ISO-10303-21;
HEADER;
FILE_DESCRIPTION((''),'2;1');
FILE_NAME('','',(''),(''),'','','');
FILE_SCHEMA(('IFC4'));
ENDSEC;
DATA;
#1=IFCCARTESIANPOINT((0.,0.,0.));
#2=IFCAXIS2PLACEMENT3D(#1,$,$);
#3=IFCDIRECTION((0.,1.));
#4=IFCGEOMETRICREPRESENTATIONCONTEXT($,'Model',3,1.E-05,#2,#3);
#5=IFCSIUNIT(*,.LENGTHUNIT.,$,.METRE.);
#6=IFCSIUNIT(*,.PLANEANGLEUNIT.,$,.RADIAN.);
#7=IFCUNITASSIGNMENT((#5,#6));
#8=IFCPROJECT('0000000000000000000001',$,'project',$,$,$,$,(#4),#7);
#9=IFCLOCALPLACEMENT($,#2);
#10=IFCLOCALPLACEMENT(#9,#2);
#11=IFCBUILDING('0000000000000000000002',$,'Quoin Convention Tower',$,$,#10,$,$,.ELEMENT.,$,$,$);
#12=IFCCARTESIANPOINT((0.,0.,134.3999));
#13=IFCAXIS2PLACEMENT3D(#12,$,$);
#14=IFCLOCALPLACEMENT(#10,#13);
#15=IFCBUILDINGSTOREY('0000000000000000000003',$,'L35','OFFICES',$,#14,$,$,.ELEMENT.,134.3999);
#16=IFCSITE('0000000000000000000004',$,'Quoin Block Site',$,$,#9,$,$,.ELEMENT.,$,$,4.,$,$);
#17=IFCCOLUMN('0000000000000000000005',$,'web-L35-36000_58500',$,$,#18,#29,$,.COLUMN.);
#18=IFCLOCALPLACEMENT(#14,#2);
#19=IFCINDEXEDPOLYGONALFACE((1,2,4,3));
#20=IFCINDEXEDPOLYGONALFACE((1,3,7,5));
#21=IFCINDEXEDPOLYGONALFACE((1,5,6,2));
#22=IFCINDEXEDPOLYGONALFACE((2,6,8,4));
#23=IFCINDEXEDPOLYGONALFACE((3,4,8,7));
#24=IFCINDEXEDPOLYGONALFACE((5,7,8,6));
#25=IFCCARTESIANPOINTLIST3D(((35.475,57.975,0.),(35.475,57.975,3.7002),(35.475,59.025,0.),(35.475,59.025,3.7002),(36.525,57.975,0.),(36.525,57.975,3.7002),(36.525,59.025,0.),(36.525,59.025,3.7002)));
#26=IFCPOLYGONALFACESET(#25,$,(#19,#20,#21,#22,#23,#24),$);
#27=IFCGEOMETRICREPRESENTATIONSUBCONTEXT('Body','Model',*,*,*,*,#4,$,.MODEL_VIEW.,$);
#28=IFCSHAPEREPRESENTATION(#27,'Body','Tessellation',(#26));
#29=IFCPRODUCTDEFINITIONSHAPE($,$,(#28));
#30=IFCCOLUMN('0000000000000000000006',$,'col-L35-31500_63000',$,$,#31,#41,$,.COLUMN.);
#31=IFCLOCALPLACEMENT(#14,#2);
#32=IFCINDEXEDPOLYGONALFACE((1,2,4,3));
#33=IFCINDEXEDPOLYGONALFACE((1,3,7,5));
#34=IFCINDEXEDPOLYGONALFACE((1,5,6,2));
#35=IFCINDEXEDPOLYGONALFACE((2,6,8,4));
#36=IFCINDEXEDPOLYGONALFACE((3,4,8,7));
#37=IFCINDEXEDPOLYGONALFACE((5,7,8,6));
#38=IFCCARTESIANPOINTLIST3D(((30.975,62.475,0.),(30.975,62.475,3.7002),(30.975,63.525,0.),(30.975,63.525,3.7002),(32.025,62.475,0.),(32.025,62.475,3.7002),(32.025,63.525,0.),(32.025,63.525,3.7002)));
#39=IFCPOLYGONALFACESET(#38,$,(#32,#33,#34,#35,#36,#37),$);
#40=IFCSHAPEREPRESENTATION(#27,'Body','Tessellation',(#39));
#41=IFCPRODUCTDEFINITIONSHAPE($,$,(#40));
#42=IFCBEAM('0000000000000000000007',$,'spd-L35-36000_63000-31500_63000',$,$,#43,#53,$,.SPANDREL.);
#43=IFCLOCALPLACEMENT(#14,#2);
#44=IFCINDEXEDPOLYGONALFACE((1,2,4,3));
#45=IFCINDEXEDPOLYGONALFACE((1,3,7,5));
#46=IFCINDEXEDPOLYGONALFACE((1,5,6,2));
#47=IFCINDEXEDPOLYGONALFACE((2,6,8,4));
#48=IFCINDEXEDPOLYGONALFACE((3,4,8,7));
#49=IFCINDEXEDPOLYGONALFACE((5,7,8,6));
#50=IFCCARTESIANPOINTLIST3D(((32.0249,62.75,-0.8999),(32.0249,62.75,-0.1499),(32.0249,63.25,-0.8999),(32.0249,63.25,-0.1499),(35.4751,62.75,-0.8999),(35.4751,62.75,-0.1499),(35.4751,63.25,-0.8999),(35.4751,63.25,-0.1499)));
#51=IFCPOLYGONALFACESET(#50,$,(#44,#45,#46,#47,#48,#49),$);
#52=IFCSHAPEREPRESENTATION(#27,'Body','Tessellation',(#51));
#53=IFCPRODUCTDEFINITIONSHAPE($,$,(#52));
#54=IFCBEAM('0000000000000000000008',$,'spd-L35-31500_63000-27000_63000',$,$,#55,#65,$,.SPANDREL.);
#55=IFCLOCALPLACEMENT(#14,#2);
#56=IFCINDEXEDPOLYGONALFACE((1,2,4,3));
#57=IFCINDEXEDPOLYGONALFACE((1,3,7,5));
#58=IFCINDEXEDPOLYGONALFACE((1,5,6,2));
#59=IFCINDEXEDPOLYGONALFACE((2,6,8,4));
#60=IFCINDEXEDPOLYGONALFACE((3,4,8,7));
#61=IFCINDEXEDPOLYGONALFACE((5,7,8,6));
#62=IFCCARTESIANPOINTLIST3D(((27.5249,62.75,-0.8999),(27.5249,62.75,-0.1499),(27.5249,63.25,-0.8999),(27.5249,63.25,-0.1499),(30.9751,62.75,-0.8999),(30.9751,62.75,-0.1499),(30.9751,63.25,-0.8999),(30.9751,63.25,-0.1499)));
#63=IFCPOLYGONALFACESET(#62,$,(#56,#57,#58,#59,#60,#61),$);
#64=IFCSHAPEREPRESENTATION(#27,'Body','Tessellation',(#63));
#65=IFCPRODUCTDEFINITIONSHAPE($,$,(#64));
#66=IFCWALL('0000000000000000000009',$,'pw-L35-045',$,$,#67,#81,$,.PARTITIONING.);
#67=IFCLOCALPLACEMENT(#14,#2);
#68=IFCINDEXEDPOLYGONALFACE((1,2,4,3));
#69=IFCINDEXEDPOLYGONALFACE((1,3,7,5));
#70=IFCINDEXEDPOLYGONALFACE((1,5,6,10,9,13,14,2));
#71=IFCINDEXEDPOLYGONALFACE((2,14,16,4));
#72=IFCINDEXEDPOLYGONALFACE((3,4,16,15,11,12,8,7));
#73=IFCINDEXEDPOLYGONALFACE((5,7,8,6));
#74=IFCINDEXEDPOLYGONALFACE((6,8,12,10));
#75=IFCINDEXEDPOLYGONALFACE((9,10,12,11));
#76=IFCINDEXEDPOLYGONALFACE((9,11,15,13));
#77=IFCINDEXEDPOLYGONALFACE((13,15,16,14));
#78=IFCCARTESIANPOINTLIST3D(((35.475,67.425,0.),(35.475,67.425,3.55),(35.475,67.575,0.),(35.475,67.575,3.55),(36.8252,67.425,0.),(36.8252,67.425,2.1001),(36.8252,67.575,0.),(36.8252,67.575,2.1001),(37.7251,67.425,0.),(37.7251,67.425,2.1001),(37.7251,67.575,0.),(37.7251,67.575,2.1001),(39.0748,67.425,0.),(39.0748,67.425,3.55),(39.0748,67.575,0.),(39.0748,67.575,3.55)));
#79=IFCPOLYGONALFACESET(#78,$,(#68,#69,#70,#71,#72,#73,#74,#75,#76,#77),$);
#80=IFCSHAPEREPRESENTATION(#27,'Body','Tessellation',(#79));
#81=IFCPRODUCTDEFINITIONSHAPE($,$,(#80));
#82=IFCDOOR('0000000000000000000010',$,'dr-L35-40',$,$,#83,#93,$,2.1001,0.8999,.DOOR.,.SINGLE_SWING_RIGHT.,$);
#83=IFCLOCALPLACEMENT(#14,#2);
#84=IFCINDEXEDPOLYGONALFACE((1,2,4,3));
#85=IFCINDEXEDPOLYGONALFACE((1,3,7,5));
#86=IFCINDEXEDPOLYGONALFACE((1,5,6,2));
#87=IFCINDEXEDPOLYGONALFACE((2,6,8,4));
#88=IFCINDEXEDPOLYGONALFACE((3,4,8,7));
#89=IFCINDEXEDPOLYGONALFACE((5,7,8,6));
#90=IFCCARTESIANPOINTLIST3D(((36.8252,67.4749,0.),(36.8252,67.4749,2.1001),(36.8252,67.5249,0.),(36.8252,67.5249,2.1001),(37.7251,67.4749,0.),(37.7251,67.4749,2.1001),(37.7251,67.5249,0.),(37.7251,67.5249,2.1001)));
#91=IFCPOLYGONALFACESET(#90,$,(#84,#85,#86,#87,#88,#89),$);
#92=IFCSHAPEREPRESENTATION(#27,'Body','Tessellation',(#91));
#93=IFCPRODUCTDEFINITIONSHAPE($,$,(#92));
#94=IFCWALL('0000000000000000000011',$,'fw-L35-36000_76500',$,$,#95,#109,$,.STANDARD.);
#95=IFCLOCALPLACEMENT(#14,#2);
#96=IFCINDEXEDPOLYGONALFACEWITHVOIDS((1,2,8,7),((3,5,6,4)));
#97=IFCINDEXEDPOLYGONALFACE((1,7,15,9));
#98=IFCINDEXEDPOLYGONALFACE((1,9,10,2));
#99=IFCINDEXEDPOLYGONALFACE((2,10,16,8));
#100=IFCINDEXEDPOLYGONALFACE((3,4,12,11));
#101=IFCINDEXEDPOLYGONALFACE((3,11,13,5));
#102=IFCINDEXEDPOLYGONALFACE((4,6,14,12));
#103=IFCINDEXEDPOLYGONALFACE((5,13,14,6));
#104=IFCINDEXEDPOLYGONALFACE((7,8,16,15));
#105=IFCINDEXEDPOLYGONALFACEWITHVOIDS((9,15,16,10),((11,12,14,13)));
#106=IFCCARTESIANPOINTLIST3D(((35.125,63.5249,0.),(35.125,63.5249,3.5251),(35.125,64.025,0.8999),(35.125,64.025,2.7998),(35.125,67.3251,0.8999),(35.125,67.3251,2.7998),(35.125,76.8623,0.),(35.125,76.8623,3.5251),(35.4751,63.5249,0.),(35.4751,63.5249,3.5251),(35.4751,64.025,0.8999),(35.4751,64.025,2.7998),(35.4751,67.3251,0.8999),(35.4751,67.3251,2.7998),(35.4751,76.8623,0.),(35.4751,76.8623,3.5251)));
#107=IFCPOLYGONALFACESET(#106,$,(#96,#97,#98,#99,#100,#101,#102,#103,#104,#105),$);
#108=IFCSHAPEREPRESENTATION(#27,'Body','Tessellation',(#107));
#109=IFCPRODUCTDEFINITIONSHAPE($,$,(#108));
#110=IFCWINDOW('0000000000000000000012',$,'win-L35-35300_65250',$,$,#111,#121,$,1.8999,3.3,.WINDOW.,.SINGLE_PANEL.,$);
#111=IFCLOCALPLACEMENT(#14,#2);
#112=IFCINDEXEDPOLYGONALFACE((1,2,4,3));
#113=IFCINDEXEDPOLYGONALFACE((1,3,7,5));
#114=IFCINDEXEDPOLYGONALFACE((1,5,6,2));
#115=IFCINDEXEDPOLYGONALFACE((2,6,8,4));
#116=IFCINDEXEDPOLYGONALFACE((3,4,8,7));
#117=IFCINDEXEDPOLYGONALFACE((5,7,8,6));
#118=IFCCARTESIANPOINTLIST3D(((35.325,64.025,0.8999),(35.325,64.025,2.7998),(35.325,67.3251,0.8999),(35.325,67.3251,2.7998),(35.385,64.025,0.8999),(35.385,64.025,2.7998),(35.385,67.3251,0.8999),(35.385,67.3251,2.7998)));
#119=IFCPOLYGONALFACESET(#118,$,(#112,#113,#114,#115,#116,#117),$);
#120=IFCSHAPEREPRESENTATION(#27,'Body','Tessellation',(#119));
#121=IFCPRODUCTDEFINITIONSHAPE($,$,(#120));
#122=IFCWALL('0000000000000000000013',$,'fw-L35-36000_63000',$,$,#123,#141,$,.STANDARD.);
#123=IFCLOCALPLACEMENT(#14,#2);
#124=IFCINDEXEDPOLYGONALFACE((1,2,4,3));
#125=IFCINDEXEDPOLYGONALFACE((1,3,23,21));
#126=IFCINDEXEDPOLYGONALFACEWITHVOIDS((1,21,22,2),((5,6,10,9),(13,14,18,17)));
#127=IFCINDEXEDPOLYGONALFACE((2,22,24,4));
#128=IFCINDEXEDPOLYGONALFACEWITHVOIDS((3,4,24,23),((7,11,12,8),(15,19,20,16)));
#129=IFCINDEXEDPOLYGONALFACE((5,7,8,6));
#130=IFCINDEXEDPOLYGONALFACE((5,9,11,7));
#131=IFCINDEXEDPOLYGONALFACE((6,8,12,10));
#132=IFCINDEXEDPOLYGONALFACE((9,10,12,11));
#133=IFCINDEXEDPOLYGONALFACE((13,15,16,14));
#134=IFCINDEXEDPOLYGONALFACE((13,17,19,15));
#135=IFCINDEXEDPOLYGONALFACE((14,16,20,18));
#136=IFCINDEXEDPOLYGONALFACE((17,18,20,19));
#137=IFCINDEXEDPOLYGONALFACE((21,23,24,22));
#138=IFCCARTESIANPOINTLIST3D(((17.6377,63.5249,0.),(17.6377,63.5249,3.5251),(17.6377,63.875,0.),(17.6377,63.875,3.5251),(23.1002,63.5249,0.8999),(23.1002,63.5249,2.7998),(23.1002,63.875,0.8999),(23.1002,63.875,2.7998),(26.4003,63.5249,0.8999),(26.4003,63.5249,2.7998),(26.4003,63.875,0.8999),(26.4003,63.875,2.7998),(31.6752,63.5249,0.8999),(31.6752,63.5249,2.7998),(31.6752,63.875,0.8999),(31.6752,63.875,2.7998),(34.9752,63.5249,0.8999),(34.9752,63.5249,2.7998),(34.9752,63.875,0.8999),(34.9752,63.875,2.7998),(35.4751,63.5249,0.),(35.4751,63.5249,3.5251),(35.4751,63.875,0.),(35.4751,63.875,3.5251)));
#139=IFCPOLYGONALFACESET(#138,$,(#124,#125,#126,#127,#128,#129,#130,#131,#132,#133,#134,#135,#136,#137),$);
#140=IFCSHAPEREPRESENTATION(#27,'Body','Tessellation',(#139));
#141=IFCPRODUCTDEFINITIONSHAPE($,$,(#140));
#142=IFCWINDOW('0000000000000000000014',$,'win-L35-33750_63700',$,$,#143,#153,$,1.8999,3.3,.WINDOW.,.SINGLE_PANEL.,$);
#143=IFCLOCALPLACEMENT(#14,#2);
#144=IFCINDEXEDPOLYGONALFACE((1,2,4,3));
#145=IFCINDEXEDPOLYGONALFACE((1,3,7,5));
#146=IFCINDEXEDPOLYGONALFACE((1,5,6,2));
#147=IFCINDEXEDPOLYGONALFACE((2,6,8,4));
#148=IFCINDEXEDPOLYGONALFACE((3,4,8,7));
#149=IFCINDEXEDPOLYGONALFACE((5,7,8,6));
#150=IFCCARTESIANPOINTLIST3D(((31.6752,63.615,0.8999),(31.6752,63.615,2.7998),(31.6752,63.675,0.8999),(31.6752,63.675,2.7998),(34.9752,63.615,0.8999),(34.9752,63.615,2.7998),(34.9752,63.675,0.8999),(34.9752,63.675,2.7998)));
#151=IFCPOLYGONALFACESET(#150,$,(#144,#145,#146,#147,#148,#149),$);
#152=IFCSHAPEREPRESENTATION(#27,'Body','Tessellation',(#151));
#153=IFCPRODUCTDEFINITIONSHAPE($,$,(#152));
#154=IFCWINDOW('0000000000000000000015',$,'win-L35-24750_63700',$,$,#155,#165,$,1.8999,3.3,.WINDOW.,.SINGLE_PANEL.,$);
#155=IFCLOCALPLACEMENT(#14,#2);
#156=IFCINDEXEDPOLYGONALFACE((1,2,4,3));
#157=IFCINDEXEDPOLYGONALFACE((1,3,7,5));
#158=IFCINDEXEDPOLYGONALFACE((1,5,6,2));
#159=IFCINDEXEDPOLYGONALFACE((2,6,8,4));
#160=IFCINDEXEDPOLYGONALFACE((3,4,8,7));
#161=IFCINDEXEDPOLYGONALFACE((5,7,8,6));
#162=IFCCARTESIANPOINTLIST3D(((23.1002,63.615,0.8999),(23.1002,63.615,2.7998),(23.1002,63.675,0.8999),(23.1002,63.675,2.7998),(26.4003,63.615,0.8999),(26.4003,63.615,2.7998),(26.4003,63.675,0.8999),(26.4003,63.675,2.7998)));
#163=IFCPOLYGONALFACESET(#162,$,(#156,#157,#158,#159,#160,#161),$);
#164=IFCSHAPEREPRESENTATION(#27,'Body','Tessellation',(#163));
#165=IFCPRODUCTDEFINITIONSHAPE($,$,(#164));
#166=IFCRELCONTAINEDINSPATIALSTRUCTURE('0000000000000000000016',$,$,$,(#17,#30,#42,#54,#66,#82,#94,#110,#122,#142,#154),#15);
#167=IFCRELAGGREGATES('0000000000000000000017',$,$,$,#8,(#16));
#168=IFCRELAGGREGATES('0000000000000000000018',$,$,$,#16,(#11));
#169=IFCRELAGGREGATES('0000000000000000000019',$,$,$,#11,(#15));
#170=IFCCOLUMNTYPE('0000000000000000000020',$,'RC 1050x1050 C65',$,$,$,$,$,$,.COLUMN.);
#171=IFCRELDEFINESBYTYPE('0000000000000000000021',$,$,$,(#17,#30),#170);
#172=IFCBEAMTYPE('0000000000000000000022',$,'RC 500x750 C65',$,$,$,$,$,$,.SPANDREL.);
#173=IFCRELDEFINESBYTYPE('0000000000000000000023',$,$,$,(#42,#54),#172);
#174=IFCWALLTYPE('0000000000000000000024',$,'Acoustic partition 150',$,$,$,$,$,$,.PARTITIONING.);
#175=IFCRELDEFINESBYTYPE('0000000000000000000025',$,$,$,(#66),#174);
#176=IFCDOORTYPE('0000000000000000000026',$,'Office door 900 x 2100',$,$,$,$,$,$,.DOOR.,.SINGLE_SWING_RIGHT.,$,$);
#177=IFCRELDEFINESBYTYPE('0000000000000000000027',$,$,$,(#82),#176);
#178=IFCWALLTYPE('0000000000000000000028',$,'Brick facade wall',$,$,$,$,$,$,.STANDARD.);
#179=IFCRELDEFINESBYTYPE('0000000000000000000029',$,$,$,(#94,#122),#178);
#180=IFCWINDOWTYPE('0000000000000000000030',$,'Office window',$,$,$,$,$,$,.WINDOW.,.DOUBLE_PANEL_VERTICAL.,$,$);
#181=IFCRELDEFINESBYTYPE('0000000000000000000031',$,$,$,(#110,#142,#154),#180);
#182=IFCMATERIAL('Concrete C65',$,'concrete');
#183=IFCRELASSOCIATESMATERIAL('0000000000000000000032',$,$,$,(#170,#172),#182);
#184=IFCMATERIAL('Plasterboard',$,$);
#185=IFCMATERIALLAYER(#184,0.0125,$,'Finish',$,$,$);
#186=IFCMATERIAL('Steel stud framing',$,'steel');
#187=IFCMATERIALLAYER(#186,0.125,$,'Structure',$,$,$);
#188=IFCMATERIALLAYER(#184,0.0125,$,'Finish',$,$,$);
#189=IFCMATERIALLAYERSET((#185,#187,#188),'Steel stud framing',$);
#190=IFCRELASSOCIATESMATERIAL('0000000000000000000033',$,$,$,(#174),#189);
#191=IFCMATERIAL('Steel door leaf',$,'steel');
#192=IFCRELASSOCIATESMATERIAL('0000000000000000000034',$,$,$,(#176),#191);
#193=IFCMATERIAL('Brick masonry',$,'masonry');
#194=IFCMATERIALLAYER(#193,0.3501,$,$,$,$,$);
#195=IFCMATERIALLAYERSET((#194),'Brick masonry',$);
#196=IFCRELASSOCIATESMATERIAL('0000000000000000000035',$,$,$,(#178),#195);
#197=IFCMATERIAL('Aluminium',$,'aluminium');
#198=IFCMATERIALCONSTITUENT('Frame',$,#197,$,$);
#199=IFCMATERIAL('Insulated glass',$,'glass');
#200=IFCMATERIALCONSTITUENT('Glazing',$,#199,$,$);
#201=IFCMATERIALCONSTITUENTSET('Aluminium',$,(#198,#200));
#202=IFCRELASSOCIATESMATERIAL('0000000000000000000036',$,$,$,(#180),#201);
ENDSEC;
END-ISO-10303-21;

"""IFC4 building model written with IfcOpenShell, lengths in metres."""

from ifc_helpers import new_model, si_unit, direction, frame, frame_2d, origin, origin_2d, place, context, subcontext, project, spatial, rectangle, extrude, material, layer, layer_set, constituent, constituent_set, material_profile, profile_set, type_object, element, fill, save


model = new_model("IFC4")

# Units and contexts
model_context = context("Model", 3, precision=1e-05, world=origin(), true_north=direction((0.0, 1.0)))
body_context = subcontext(model_context, "Body", "Model", "MODEL_VIEW")
ifc_project = project(units=[si_unit("LENGTHUNIT", "METRE"), si_unit("PLANEANGLEUNIT", "RADIAN")], contexts=[model_context])

# Site, building, storey
site_placement = place(None, origin())
site = spatial("IfcSite", under=ifc_project, at=site_placement, Name="Quoin Block Site", CompositionType="ELEMENT", RefElevation=4.0)
building_placement = place(site_placement, origin())
building = spatial("IfcBuilding", under=site, at=building_placement, Name="Quoin Convention Tower", CompositionType="ELEMENT")
storey_placement = place(building_placement, frame((0.0, 0.0, 134.3999)))
storey = spatial("IfcBuildingStorey", under=building, at=storey_placement, Name="L35", Description="OFFICES", CompositionType="ELEMENT", Elevation=134.3999)

# Columns
ifc_material_1 = material(Name="Concrete C65", Category="concrete")
ifc_material_profile_1 = material_profile(ifc_material_1, rectangle(XDim=1.05, YDim=1.05, at=origin_2d()), Name="RC 1050x1050")
ifc_profile_set_1 = profile_set([ifc_material_profile_1], Name="Concrete C65")
column_type = type_object("IfcColumnType", Name="RC 1050x1050 C65", PredefinedType="COLUMN", material=ifc_profile_set_1)
for number, where, z_axis, x_axis, name in (
    (1, (36.0, 58.5, 0.0), (0.0, 0.0, 1.0), (1.0, 0.0, 0.0), "web-L35-36000_58500"),
    (2, (31.5, 63.0, 0.0), (0.0, 0.0, 1.0), (1.0, 0.0, 0.0), "col-L35-31500_63000"),
):
    element("IfcColumn", number, at=place(storey_placement, frame(where, z_axis=z_axis, x_axis=x_axis)), inside=storey, type_object=column_type, Name=name, PredefinedType="COLUMN", context=body_context, shape_type="SweptSolid", body=[
        extrude(rectangle(XDim=1.05, YDim=1.05, at=origin_2d()), origin(), (0.0, 0.0, 1.0), 3.7002),
    ])

# Beams
ifc_material_profile_2 = material_profile(ifc_material_1, rectangle(XDim=0.5, YDim=0.75, at=origin_2d()), Name="RC 500x750")
ifc_profile_set_2 = profile_set([ifc_material_profile_2], Name="Concrete C65")
beam_type = type_object("IfcBeamType", Name="RC 500x750 C65", PredefinedType="SPANDREL", material=ifc_profile_set_2)
for number, where, z_axis, x_axis, name in (
    (3, (35.4751, 63.0, -0.5249), (-1.0, 0.0, 0.0), (0.0, -1.0, 0.0), "spd-L35-36000_63000-31500_63000"),
    (4, (30.9751, 63.0, -0.5249), (-1.0, 0.0, 0.0), (0.0, -1.0, 0.0), "spd-L35-31500_63000-27000_63000"),
):
    element("IfcBeam", number, at=place(storey_placement, frame(where, z_axis=z_axis, x_axis=x_axis)), inside=storey, type_object=beam_type, Name=name, PredefinedType="SPANDREL", context=body_context, shape_type="SweptSolid", body=[
        extrude(rectangle(XDim=0.5, YDim=0.75, at=origin_2d()), origin(), (0.0, 0.0, 1.0), 3.4502),
    ])

# Wall, opening, door
ifc_material_2 = material(Name="Plasterboard")
ifc_layer_1 = layer(ifc_material_2, 0.0125, Name="Finish")
ifc_material_3 = material(Name="Steel stud framing", Category="steel")
ifc_layer_2 = layer(ifc_material_3, 0.125, Name="Structure")
ifc_layer_3 = layer(ifc_material_2, 0.0125, Name="Finish")
ifc_layer_set_1 = layer_set([ifc_layer_1, ifc_layer_2, ifc_layer_3], Name="Steel stud framing")
wall_type_1 = type_object("IfcWallType", Name="Acoustic partition 150", PredefinedType="PARTITIONING", material=ifc_layer_set_1)
wall_1_placement = place(storey_placement, frame((35.4751, 67.5, 0.0), z_axis=(0.0, 0.0, 1.0), x_axis=(1.0, 0.0, 0.0)))
wall_1 = element("IfcWall", 5, at=wall_1_placement, inside=storey, type_object=wall_type_1, Name="pw-L35-045", PredefinedType="PARTITIONING", context=body_context, shape_type="SweptSolid", body=[
    extrude(rectangle(XDim=3.5999, YDim=0.1499, at=frame_2d((1.7998, 0.0))), origin(), (0.0, 0.0, 1.0), 3.55),
])
opening_1_placement = place(wall_1_placement, frame((1.3501, 0.0, 0.0)))
opening_1 = element("IfcOpeningElement", 6, at=opening_1_placement, cuts=wall_1, PredefinedType="OPENING", context=body_context, shape_type="SweptSolid", body=[
    extrude(rectangle(XDim=0.8999, YDim=2.1001, at=frame_2d((0.45, 1.05))), frame((0.0, 0.085, 0.0), z_axis=(0.0, -1.0, 0.0), x_axis=(1.0, 0.0, 0.0)), (0.0, 0.0, 1.0), 0.1699),
])
ifc_material_4 = material(Name="Steel door leaf", Category="steel")
door_type_1 = type_object("IfcDoorType", Name="Office door 900 x 2100", OperationType="SINGLE_SWING_RIGHT", PredefinedType="DOOR", material=ifc_material_4)
door_1_placement = place(opening_1_placement, origin())
door_1 = element("IfcDoor", 7, at=door_1_placement, inside=storey, type_object=door_type_1, Name="dr-L35-40", OperationType="SINGLE_SWING_RIGHT", OverallHeight=2.1001, OverallWidth=0.8999, PredefinedType="DOOR", context=body_context, shape_type="SweptSolid", body=[
    extrude(rectangle(XDim=0.8999, YDim=2.1001, at=frame_2d((0.45, 1.05))), frame((0.0, 0.0249, 0.0), z_axis=(0.0, -1.0, 0.0), x_axis=(1.0, 0.0, 0.0)), (0.0, 0.0, 1.0), 0.05),
])
fill(opening_1, door_1)

# Wall, opening, window
ifc_material_5 = material(Name="Brick masonry", Category="masonry")
ifc_layer_4 = layer(ifc_material_5, 0.3501)
ifc_layer_set_2 = layer_set([ifc_layer_4], Name="Brick masonry")
wall_type_2 = type_object("IfcWallType", Name="Brick facade wall", PredefinedType="STANDARD", material=ifc_layer_set_2)
wall_2_placement = place(storey_placement, frame((35.3, 76.8623, 0.0), z_axis=(0.0, 0.0, 1.0), x_axis=(0.0, -1.0, 0.0)))
wall_2 = element("IfcWall", 8, at=wall_2_placement, inside=storey, type_object=wall_type_2, Name="fw-L35-36000_76500", PredefinedType="STANDARD", context=body_context, shape_type="SweptSolid", body=[
    extrude(rectangle(XDim=13.3374, YDim=0.3501, at=frame_2d((6.6687, 0.0))), origin(), (0.0, 0.0, 1.0), 3.5251),
])
opening_2_placement = place(wall_2_placement, frame((9.5374, 0.0, 0.8999)))
opening_2 = element("IfcOpeningElement", 9, at=opening_2_placement, cuts=wall_2, PredefinedType="OPENING", context=body_context, shape_type="SweptSolid", body=[
    extrude(rectangle(XDim=3.3, YDim=1.8999, at=frame_2d((1.6499, 0.95))), frame((0.0, 0.1851, 0.0), z_axis=(0.0, -1.0, 0.0), x_axis=(1.0, 0.0, 0.0)), (0.0, 0.0, 1.0), 0.3701),
])
ifc_material_6 = material(Name="Aluminium", Category="aluminium")
ifc_constituent_1 = constituent(ifc_material_6, Name="Frame")
ifc_material_7 = material(Name="Insulated glass", Category="glass")
ifc_constituent_2 = constituent(ifc_material_7, Name="Glazing")
ifc_constituent_set = constituent_set(constituents=[ifc_constituent_1, ifc_constituent_2], Name="Aluminium")
window_type = type_object("IfcWindowType", Name="Office window", PartitioningType="DOUBLE_PANEL_VERTICAL", PredefinedType="WINDOW", material=ifc_constituent_set)
window_1_placement = place(opening_2_placement, origin())
window_1 = element("IfcWindow", 10, at=window_1_placement, inside=storey, type_object=window_type, Name="win-L35-35300_65250", OverallHeight=1.8999, OverallWidth=3.3, PartitioningType="SINGLE_PANEL", PredefinedType="WINDOW", context=body_context, shape_type="SweptSolid", body=[
    extrude(rectangle(XDim=3.3, YDim=1.8999, at=frame_2d((1.6499, 0.95))), frame((0.0, 0.085, 0.0), z_axis=(0.0, -1.0, 0.0), x_axis=(1.0, 0.0, 0.0)), (0.0, 0.0, 1.0), 0.0601),
])
fill(opening_2, window_1)

# Wall, openings, windows
wall_3_placement = place(storey_placement, frame((35.4751, 63.7, 0.0), z_axis=(0.0, 0.0, 1.0), x_axis=(-1.0, 0.0, 0.0)))
wall_3 = element("IfcWall", 11, at=wall_3_placement, inside=storey, type_object=wall_type_2, Name="fw-L35-36000_63000", PredefinedType="STANDARD", context=body_context, shape_type="SweptSolid", body=[
    extrude(rectangle(XDim=17.8374, YDim=0.3501, at=frame_2d((8.9187, 0.0))), origin(), (0.0, 0.0, 1.0), 3.5251),
])
opening_3_placement = place(wall_3_placement, frame((0.5, 0.0, 0.8999)))
opening_3 = element("IfcOpeningElement", 12, at=opening_3_placement, cuts=wall_3, PredefinedType="OPENING", context=body_context, shape_type="SweptSolid", body=[
    extrude(rectangle(XDim=3.3, YDim=1.8999, at=frame_2d((1.6499, 0.95))), frame((0.0, 0.1851, 0.0), z_axis=(0.0, -1.0, 0.0), x_axis=(1.0, 0.0, 0.0)), (0.0, 0.0, 1.0), 0.3701),
])
opening_4_placement = place(wall_3_placement, frame((9.075, 0.0, 0.8999)))
opening_4 = element("IfcOpeningElement", 13, at=opening_4_placement, cuts=wall_3, PredefinedType="OPENING", context=body_context, shape_type="SweptSolid", body=[
    extrude(rectangle(XDim=3.3, YDim=1.8999, at=frame_2d((1.6499, 0.95))), frame((0.0, 0.1851, 0.0), z_axis=(0.0, -1.0, 0.0), x_axis=(1.0, 0.0, 0.0)), (0.0, 0.0, 1.0), 0.3701),
])
window_2_placement = place(opening_3_placement, origin())
window_2 = element("IfcWindow", 14, at=window_2_placement, inside=storey, type_object=window_type, Name="win-L35-33750_63700", OverallHeight=1.8999, OverallWidth=3.3, PartitioningType="SINGLE_PANEL", PredefinedType="WINDOW", context=body_context, shape_type="SweptSolid", body=[
    extrude(rectangle(XDim=3.3, YDim=1.8999, at=frame_2d((1.6499, 0.95))), frame((0.0, 0.085, 0.0), z_axis=(0.0, -1.0, 0.0), x_axis=(1.0, 0.0, 0.0)), (0.0, 0.0, 1.0), 0.0601),
])
fill(opening_3, window_2)
window_3_placement = place(opening_4_placement, origin())
window_3 = element("IfcWindow", 15, at=window_3_placement, inside=storey, type_object=window_type, Name="win-L35-24750_63700", OverallHeight=1.8999, OverallWidth=3.3, PartitioningType="SINGLE_PANEL", PredefinedType="WINDOW", context=body_context, shape_type="SweptSolid", body=[
    extrude(rectangle(XDim=3.3, YDim=1.8999, at=frame_2d((1.6499, 0.95))), frame((0.0, 0.085, 0.0), z_axis=(0.0, -1.0, 0.0), x_axis=(1.0, 0.0, 0.0)), (0.0, 0.0, 1.0), 0.0601),
])
fill(opening_4, window_3)

save(model, "model.ifc")
